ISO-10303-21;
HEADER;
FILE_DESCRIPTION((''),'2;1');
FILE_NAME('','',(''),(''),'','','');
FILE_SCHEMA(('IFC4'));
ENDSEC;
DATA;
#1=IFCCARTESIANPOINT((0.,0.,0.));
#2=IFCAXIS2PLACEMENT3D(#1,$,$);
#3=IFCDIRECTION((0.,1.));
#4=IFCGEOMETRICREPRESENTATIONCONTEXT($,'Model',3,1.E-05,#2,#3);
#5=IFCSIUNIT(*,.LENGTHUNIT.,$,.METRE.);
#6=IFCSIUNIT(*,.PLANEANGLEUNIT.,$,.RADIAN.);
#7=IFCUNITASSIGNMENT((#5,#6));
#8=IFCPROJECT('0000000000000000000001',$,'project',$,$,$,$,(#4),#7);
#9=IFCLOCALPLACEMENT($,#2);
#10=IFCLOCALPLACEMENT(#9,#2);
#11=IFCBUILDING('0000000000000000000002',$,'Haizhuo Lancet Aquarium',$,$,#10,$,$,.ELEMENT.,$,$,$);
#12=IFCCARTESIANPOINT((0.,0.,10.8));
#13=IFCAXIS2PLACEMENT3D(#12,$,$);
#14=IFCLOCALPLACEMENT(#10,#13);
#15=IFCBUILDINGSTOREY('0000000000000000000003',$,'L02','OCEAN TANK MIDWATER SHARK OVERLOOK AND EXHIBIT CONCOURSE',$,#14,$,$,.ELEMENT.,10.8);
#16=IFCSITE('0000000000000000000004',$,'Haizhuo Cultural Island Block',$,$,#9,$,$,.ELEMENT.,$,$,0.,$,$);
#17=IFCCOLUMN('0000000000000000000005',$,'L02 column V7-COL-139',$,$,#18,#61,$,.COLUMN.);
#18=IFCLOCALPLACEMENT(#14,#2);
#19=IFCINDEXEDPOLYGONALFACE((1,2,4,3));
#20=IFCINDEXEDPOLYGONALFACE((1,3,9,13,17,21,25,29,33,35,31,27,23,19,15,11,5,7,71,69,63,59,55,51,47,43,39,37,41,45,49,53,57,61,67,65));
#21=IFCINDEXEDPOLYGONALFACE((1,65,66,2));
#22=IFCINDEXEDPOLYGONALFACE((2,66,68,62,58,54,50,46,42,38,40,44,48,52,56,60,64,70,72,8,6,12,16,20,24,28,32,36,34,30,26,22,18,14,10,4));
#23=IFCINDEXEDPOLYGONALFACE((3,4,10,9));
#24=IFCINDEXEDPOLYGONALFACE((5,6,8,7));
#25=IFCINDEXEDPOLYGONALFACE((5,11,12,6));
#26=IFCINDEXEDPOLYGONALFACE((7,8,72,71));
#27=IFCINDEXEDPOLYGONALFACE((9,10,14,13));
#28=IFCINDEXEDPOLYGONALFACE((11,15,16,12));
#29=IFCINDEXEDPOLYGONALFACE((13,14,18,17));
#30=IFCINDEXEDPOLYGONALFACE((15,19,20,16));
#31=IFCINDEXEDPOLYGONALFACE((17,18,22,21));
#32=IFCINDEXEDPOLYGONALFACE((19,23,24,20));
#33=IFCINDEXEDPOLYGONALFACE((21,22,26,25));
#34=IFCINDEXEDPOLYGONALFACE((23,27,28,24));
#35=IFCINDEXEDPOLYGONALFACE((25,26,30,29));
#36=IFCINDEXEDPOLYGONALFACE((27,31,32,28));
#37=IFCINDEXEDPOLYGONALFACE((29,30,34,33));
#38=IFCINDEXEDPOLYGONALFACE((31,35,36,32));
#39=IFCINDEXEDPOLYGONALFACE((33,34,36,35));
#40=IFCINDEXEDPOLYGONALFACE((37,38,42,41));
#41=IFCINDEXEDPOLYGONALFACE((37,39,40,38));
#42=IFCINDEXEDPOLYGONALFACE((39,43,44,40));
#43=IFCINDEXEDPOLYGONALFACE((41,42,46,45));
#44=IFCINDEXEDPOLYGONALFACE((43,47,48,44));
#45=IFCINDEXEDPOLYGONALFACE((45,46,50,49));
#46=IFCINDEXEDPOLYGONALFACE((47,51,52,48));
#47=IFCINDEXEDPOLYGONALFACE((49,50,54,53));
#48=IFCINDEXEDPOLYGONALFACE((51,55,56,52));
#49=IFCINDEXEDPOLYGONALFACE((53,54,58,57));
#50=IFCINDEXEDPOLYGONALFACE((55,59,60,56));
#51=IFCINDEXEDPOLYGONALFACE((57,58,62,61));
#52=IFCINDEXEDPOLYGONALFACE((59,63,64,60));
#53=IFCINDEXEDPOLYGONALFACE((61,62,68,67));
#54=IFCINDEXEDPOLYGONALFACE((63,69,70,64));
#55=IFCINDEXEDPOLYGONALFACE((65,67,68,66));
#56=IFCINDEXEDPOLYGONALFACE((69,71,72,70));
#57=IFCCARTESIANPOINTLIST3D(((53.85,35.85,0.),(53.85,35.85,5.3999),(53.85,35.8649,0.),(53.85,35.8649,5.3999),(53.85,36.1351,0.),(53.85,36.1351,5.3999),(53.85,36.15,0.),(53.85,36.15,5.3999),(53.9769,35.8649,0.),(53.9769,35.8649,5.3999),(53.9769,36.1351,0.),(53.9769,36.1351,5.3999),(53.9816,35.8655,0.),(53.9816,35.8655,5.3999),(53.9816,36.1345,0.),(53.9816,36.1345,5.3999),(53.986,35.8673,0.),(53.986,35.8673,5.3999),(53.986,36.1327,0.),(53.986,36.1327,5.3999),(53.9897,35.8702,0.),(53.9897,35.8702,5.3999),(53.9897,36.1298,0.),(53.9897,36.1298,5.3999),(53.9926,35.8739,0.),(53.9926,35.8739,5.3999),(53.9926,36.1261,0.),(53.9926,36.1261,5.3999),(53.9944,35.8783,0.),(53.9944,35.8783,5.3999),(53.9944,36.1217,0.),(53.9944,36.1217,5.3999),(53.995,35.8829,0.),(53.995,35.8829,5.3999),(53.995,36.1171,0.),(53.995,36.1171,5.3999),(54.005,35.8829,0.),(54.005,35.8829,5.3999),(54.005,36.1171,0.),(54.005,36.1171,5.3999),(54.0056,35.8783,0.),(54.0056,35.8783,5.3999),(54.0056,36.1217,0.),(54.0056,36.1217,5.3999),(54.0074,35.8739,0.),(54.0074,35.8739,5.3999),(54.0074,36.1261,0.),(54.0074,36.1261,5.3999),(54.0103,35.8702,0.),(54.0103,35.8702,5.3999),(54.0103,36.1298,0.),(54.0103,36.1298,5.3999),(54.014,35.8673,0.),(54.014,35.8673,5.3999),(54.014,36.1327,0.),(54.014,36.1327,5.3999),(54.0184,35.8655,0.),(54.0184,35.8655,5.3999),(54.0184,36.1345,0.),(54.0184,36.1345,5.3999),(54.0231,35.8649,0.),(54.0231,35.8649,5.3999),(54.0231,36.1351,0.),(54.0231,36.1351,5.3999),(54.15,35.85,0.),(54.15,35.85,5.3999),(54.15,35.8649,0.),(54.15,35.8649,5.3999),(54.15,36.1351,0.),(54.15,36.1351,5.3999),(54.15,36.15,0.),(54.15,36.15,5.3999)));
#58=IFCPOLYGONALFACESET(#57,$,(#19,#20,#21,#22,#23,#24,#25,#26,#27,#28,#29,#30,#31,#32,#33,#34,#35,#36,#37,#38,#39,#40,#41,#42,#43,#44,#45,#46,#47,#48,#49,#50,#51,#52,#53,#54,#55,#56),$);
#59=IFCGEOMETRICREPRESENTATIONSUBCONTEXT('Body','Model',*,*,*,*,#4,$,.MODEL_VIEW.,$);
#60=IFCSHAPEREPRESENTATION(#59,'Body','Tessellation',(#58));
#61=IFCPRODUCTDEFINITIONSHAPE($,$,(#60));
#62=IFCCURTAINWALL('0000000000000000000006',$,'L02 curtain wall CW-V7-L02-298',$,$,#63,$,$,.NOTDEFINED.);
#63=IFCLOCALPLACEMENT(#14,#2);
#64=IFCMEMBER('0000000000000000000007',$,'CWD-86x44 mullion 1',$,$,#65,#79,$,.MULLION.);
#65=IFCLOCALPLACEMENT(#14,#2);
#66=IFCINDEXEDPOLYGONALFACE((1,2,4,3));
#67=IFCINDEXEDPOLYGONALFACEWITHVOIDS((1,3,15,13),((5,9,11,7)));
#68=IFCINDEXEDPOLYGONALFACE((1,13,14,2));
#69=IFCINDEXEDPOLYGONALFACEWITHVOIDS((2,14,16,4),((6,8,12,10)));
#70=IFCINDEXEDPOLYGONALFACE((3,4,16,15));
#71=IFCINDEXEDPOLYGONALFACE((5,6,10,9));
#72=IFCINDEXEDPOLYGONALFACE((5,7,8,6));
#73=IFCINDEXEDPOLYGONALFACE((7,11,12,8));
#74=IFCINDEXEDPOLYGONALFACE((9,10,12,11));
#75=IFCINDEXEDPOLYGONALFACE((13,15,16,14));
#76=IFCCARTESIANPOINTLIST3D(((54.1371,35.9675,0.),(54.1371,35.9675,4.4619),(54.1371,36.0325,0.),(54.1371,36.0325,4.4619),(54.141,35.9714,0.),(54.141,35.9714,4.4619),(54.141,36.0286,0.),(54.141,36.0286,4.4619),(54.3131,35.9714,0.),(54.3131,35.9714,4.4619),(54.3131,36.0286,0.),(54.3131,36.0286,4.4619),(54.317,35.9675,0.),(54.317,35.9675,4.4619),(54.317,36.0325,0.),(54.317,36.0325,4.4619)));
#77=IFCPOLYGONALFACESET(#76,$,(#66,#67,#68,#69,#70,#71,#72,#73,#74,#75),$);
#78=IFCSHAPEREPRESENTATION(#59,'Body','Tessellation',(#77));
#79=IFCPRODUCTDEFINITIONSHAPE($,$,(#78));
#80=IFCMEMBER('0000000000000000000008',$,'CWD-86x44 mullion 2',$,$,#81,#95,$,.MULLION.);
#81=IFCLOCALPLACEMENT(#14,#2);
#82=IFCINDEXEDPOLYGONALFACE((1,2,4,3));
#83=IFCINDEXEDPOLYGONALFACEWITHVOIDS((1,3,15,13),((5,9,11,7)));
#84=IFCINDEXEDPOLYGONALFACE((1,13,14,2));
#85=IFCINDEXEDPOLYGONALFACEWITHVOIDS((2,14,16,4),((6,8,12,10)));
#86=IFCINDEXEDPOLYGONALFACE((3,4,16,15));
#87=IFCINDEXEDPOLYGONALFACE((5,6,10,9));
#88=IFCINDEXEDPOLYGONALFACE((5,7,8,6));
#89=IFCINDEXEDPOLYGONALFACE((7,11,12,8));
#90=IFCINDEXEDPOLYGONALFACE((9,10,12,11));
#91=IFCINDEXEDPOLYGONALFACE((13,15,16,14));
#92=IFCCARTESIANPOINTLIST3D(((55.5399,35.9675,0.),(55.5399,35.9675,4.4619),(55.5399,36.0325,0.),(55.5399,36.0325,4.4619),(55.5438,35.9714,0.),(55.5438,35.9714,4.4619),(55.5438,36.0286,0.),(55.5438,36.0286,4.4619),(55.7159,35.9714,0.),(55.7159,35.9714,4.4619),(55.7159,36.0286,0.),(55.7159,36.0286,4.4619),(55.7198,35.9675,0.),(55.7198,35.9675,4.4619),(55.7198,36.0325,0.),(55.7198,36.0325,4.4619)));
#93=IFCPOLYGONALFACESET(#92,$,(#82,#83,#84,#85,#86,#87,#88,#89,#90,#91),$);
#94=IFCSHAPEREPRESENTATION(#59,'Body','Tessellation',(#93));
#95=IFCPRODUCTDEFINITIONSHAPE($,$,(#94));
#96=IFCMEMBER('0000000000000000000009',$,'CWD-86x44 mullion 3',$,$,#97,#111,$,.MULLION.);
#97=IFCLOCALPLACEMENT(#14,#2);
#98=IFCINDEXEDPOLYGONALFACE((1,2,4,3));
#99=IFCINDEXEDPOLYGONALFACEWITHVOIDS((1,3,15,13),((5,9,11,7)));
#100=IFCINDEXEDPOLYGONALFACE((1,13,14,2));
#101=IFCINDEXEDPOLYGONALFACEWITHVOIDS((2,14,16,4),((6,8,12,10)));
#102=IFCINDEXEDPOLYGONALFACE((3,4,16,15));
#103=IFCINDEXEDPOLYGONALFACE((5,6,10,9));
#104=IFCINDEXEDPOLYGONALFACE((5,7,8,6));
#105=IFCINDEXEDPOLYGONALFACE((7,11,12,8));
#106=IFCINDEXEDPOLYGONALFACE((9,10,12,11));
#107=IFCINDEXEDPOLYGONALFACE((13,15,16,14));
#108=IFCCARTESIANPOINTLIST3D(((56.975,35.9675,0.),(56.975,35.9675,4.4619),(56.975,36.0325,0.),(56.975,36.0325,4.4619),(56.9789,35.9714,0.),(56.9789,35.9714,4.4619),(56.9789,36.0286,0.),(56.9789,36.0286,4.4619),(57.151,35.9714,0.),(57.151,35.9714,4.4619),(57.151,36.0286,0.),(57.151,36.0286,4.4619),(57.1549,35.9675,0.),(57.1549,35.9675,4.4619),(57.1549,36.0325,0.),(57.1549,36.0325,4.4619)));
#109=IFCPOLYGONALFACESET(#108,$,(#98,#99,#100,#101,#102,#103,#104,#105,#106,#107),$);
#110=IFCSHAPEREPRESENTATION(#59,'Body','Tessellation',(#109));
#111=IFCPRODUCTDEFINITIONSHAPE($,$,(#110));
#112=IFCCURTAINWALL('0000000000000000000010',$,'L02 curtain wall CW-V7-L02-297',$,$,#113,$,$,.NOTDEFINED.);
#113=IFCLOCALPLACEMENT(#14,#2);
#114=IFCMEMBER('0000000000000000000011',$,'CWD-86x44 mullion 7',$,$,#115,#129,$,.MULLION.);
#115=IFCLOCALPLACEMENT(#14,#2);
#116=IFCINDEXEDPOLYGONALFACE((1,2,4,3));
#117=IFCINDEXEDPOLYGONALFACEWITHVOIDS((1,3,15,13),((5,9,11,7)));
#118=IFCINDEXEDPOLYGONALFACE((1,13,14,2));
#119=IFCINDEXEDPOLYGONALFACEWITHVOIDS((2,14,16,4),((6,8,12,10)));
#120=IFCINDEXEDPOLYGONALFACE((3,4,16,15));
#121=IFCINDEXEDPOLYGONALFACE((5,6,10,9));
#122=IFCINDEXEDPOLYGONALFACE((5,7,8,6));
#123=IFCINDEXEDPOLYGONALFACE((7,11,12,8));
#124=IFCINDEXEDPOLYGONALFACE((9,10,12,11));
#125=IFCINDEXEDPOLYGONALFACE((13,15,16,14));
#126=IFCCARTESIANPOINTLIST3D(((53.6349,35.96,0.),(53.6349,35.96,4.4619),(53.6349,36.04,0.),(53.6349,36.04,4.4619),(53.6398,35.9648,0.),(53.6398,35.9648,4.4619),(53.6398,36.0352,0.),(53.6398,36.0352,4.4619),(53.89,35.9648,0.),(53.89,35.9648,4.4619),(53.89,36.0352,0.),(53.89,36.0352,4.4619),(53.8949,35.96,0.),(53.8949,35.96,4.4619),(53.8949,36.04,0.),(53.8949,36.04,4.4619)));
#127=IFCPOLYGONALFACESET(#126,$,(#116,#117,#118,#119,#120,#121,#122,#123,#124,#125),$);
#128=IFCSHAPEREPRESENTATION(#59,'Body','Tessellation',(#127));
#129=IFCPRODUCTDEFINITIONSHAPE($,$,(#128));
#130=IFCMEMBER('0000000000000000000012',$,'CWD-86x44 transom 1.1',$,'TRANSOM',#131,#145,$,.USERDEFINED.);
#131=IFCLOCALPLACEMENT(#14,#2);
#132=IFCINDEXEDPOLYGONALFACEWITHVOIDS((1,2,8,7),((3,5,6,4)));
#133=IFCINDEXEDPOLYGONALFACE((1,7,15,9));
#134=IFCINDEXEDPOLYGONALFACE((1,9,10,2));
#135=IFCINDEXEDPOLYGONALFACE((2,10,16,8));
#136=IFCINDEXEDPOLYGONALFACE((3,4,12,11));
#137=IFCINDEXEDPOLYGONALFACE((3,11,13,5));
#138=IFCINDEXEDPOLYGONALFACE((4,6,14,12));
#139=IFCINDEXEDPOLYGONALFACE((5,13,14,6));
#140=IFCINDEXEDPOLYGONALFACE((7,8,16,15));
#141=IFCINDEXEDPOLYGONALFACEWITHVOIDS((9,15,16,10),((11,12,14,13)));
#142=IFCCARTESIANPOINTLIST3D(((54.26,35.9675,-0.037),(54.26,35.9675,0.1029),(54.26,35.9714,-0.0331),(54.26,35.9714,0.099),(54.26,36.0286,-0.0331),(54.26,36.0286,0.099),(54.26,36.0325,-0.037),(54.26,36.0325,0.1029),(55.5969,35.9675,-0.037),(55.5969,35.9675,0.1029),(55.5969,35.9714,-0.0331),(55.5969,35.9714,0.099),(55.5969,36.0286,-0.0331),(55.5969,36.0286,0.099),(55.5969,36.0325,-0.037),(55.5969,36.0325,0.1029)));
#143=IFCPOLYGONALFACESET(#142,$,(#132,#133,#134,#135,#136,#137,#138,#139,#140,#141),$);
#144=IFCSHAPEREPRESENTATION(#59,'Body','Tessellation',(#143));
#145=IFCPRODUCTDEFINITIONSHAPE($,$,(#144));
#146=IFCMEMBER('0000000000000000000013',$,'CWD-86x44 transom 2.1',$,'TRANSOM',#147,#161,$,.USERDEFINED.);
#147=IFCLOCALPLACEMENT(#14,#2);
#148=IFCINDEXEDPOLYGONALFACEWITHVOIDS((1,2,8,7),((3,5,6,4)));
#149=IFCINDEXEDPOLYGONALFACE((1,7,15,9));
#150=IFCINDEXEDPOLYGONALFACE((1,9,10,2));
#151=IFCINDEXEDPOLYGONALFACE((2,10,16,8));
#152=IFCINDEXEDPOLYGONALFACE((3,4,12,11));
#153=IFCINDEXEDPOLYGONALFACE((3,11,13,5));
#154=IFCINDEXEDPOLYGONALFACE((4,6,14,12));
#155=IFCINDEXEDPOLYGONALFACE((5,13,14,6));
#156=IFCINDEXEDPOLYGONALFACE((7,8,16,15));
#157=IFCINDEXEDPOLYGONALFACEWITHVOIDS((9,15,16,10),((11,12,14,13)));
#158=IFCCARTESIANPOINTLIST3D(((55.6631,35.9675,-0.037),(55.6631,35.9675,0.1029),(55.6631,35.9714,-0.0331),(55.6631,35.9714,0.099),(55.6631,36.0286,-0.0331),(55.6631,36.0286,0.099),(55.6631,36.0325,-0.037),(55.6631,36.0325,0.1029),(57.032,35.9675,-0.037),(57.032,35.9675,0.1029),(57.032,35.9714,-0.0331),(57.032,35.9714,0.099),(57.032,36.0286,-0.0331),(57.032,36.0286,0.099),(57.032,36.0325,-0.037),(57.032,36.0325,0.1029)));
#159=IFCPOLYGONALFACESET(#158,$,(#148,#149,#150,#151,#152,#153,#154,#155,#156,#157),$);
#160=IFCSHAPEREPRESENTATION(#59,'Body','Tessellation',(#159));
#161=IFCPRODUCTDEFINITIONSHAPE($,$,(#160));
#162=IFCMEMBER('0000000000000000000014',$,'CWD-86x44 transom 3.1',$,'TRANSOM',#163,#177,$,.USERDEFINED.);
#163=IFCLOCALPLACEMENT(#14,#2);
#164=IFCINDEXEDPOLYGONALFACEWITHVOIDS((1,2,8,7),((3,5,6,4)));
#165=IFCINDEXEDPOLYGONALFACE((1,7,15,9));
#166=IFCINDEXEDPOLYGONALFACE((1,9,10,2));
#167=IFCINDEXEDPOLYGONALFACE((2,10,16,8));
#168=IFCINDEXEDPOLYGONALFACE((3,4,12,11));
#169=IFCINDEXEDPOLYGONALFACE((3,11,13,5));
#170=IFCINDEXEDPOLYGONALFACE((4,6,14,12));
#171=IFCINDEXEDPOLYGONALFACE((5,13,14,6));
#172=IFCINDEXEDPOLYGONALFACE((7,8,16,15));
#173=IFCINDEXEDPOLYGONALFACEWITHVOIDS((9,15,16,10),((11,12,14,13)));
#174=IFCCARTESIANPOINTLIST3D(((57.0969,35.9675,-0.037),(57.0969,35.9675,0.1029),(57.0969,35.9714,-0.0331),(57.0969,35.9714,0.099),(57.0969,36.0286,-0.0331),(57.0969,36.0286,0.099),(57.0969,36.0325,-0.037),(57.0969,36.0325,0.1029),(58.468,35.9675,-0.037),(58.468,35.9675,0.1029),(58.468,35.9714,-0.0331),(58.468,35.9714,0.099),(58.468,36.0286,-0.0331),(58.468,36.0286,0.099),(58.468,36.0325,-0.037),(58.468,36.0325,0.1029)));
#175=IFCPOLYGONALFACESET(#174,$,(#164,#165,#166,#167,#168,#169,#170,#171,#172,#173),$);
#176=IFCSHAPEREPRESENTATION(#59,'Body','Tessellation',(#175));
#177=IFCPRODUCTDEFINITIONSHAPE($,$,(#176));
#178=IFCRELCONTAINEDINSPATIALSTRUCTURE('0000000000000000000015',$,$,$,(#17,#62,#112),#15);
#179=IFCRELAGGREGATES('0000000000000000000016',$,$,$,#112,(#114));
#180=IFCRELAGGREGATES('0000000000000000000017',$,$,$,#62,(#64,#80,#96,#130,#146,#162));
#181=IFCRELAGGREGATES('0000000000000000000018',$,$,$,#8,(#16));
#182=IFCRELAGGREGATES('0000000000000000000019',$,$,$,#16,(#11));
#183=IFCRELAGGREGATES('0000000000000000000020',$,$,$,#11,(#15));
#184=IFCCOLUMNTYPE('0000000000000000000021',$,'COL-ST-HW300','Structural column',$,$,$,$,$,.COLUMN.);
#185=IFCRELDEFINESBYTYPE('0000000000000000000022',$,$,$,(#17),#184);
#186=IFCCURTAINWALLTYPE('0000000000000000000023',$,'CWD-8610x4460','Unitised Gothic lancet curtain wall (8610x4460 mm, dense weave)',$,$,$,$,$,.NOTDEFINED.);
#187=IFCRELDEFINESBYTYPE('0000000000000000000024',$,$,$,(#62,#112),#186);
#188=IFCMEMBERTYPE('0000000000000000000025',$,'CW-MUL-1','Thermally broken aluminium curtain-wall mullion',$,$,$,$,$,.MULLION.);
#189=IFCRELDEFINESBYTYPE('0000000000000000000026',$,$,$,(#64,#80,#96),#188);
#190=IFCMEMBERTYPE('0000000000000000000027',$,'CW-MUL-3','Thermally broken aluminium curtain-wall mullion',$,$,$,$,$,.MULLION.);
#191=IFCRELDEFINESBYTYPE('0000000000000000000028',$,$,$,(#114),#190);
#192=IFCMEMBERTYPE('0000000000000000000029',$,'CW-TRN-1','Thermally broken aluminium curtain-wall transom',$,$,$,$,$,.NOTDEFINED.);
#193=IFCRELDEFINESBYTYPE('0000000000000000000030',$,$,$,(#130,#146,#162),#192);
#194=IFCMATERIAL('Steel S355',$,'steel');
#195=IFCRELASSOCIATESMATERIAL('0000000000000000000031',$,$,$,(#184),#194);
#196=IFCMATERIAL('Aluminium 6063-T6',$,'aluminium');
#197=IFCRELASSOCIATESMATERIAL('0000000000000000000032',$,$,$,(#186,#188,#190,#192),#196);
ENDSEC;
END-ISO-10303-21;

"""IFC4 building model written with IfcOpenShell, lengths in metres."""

from ifc_helpers import new_model, si_unit, direction, frame, origin, origin_2d, place, context, subcontext, project, spatial, hollow_rectangle, i_section, extrude, material, material_profile, profile_set, type_object, element, aggregate, save


model = new_model("IFC4")

# Units and contexts
model_context = context("Model", 3, precision=1e-05, world=origin(), true_north=direction((0.0, 1.0)))
body_context = subcontext(model_context, "Body", "Model", "MODEL_VIEW")
ifc_project = project(units=[si_unit("LENGTHUNIT", "METRE"), si_unit("PLANEANGLEUNIT", "RADIAN")], contexts=[model_context])

# Site, building, storey
site_placement = place(None, origin())
site = spatial("IfcSite", under=ifc_project, at=site_placement, Name="Haizhuo Cultural Island Block", CompositionType="ELEMENT", RefElevation=0.0)
building_placement = place(site_placement, origin())
building = spatial("IfcBuilding", under=site, at=building_placement, Name="Haizhuo Lancet Aquarium", CompositionType="ELEMENT")
storey_placement = place(building_placement, frame((0.0, 0.0, 10.8)))
storey = spatial("IfcBuildingStorey", under=building, at=storey_placement, Name="L02", Description="OCEAN TANK MIDWATER SHARK OVERLOOK AND EXHIBIT CONCOURSE", CompositionType="ELEMENT", Elevation=10.8)

# Column
ifc_material_1 = material(Name="Steel S355", Category="steel")
ifc_material_profile_1 = material_profile(ifc_material_1, i_section(OverallWidth=0.3, OverallDepth=0.3, WebThickness=0.01, FlangeThickness=0.0149, FilletRadius=0.0181, at=origin_2d()), Name="HW 300x300x10x15")
ifc_profile_set_1 = profile_set([ifc_material_profile_1], Name="Steel S355")
column_type = type_object("IfcColumnType", Name="COL-ST-HW300", Description="Structural column", PredefinedType="COLUMN", material=ifc_profile_set_1)
column_placement = place(storey_placement, frame((54.0, 36.0, 0.0), z_axis=(0.0, 0.0, 1.0), x_axis=(1.0, 0.0, 0.0)))
element("IfcColumn", 1, at=column_placement, inside=storey, type_object=column_type, Name="L02 column V7-COL-139", PredefinedType="COLUMN", context=body_context, shape_type="SweptSolid", body=[
    extrude(i_section(OverallWidth=0.3, OverallDepth=0.3, WebThickness=0.01, FlangeThickness=0.0149, FilletRadius=0.0181, at=origin_2d()), origin(), (0.0, 0.0, 1.0), 5.3999),
])

# Curtain wall, members
ifc_material_2 = material(Name="Aluminium 6063-T6", Category="aluminium")
curtain_wall_type = type_object("IfcCurtainWallType", Name="CWD-8610x4460", Description="Unitised Gothic lancet curtain wall (8610x4460 mm, dense weave)", PredefinedType="NOTDEFINED", material=ifc_material_2)
curtain_wall_1_placement = place(storey_placement, origin())
curtain_wall_1 = element("IfcCurtainWall", 2, at=curtain_wall_1_placement, inside=storey, type_object=curtain_wall_type, Name="L02 curtain wall CW-V7-L02-298", PredefinedType="NOTDEFINED")
ifc_material_profile_2 = material_profile(ifc_material_2, hollow_rectangle(XDim=0.0649, YDim=0.1799, WallThickness=0.0039, at=origin_2d()), Name="ALU-M 65x180x4")
ifc_profile_set_2 = profile_set([ifc_material_profile_2], Name="Aluminium 6063-T6")
member_type_1 = type_object("IfcMemberType", Name="CW-MUL-1", Description="Thermally broken aluminium curtain-wall mullion", PredefinedType="MULLION", material=ifc_profile_set_2)
member_1_placement = place(storey_placement, frame((54.2271, 36.0, 0.0), z_axis=(0.0, 0.0, 1.0), x_axis=(0.0, 1.0, 0.0)))
member_1 = element("IfcMember", 3, at=member_1_placement, type_object=member_type_1, Name="CWD-86x44 mullion 1", PredefinedType="MULLION", context=body_context, shape_type="SweptSolid", body=[
    extrude(hollow_rectangle(XDim=0.0649, YDim=0.1799, WallThickness=0.0039, at=origin_2d()), origin(), (0.0, 0.0, 1.0), 4.4619),
])
member_2_placement = place(storey_placement, frame((55.6299, 36.0, 0.0), z_axis=(0.0, 0.0, 1.0), x_axis=(0.0, 1.0, 0.0)))
member_2 = element("IfcMember", 4, at=member_2_placement, type_object=member_type_1, Name="CWD-86x44 mullion 2", PredefinedType="MULLION", context=body_context, shape_type="SweptSolid", body=[
    extrude(hollow_rectangle(XDim=0.0649, YDim=0.1799, WallThickness=0.0039, at=origin_2d()), origin(), (0.0, 0.0, 1.0), 4.4619),
])
member_3_placement = place(storey_placement, frame((57.0649, 36.0, 0.0), z_axis=(0.0, 0.0, 1.0), x_axis=(0.0, 1.0, 0.0)))
member_3 = element("IfcMember", 5, at=member_3_placement, type_object=member_type_1, Name="CWD-86x44 mullion 3", PredefinedType="MULLION", context=body_context, shape_type="SweptSolid", body=[
    extrude(hollow_rectangle(XDim=0.0649, YDim=0.1799, WallThickness=0.0039, at=origin_2d()), origin(), (0.0, 0.0, 1.0), 4.4619),
])

# Curtain wall, member
curtain_wall_2_placement = place(storey_placement, origin())
curtain_wall_2 = element("IfcCurtainWall", 6, at=curtain_wall_2_placement, inside=storey, type_object=curtain_wall_type, Name="L02 curtain wall CW-V7-L02-297", PredefinedType="NOTDEFINED")
ifc_material_profile_3 = material_profile(ifc_material_2, hollow_rectangle(XDim=0.0801, YDim=0.26, WallThickness=0.0049, at=origin_2d()), Name="ALU-M 80x260x5")
ifc_profile_set_3 = profile_set([ifc_material_profile_3], Name="Aluminium 6063-T6")
member_type_2 = type_object("IfcMemberType", Name="CW-MUL-3", Description="Thermally broken aluminium curtain-wall mullion", PredefinedType="MULLION", material=ifc_profile_set_3)
member_4_placement = place(storey_placement, frame((53.7649, 36.0, 0.0), z_axis=(0.0, 0.0, 1.0), x_axis=(0.0, 1.0, 0.0)))
member_4 = element("IfcMember", 7, at=member_4_placement, type_object=member_type_2, Name="CWD-86x44 mullion 7", PredefinedType="MULLION", context=body_context, shape_type="SweptSolid", body=[
    extrude(hollow_rectangle(XDim=0.0801, YDim=0.26, WallThickness=0.0049, at=origin_2d()), origin(), (0.0, 0.0, 1.0), 4.4619),
])
aggregate(curtain_wall_2, [member_4])

# Members
ifc_material_profile_4 = material_profile(ifc_material_2, hollow_rectangle(XDim=0.0649, YDim=0.1399, WallThickness=0.0039, at=origin_2d()), Name="ALU-T 65x140x4")
ifc_profile_set_4 = profile_set([ifc_material_profile_4], Name="Aluminium 6063-T6")
member_type_3 = type_object("IfcMemberType", Name="CW-TRN-1", Description="Thermally broken aluminium curtain-wall transom", PredefinedType="NOTDEFINED", material=ifc_profile_set_4)
member_5_placement = place(storey_placement, frame((54.26, 36.0, 0.033), z_axis=(1.0, 0.0, 0.0), x_axis=(0.0, 1.0, 0.0)))
member_5 = element("IfcMember", 8, at=member_5_placement, type_object=member_type_3, Name="CWD-86x44 transom 1.1", ObjectType="TRANSOM", PredefinedType="USERDEFINED", context=body_context, shape_type="SweptSolid", body=[
    extrude(hollow_rectangle(XDim=0.0649, YDim=0.1399, WallThickness=0.0039, at=origin_2d()), origin(), (0.0, 0.0, 1.0), 1.3369),
])
member_6_placement = place(storey_placement, frame((55.6631, 36.0, 0.033), z_axis=(1.0, 0.0, 0.0), x_axis=(0.0, 1.0, 0.0)))
member_6 = element("IfcMember", 9, at=member_6_placement, type_object=member_type_3, Name="CWD-86x44 transom 2.1", ObjectType="TRANSOM", PredefinedType="USERDEFINED", context=body_context, shape_type="SweptSolid", body=[
    extrude(hollow_rectangle(XDim=0.0649, YDim=0.1399, WallThickness=0.0039, at=origin_2d()), origin(), (0.0, 0.0, 1.0), 1.3689),
])
member_7_placement = place(storey_placement, frame((57.0969, 36.0, 0.033), z_axis=(1.0, 0.0, 0.0), x_axis=(0.0, 1.0, 0.0)))
member_7 = element("IfcMember", 10, at=member_7_placement, type_object=member_type_3, Name="CWD-86x44 transom 3.1", ObjectType="TRANSOM", PredefinedType="USERDEFINED", context=body_context, shape_type="SweptSolid", body=[
    extrude(hollow_rectangle(XDim=0.0649, YDim=0.1399, WallThickness=0.0039, at=origin_2d()), origin(), (0.0, 0.0, 1.0), 1.3711),
])

aggregate(curtain_wall_1, [member_1, member_2, member_3, member_5, member_6, member_7])

save(model, "model.ifc")
